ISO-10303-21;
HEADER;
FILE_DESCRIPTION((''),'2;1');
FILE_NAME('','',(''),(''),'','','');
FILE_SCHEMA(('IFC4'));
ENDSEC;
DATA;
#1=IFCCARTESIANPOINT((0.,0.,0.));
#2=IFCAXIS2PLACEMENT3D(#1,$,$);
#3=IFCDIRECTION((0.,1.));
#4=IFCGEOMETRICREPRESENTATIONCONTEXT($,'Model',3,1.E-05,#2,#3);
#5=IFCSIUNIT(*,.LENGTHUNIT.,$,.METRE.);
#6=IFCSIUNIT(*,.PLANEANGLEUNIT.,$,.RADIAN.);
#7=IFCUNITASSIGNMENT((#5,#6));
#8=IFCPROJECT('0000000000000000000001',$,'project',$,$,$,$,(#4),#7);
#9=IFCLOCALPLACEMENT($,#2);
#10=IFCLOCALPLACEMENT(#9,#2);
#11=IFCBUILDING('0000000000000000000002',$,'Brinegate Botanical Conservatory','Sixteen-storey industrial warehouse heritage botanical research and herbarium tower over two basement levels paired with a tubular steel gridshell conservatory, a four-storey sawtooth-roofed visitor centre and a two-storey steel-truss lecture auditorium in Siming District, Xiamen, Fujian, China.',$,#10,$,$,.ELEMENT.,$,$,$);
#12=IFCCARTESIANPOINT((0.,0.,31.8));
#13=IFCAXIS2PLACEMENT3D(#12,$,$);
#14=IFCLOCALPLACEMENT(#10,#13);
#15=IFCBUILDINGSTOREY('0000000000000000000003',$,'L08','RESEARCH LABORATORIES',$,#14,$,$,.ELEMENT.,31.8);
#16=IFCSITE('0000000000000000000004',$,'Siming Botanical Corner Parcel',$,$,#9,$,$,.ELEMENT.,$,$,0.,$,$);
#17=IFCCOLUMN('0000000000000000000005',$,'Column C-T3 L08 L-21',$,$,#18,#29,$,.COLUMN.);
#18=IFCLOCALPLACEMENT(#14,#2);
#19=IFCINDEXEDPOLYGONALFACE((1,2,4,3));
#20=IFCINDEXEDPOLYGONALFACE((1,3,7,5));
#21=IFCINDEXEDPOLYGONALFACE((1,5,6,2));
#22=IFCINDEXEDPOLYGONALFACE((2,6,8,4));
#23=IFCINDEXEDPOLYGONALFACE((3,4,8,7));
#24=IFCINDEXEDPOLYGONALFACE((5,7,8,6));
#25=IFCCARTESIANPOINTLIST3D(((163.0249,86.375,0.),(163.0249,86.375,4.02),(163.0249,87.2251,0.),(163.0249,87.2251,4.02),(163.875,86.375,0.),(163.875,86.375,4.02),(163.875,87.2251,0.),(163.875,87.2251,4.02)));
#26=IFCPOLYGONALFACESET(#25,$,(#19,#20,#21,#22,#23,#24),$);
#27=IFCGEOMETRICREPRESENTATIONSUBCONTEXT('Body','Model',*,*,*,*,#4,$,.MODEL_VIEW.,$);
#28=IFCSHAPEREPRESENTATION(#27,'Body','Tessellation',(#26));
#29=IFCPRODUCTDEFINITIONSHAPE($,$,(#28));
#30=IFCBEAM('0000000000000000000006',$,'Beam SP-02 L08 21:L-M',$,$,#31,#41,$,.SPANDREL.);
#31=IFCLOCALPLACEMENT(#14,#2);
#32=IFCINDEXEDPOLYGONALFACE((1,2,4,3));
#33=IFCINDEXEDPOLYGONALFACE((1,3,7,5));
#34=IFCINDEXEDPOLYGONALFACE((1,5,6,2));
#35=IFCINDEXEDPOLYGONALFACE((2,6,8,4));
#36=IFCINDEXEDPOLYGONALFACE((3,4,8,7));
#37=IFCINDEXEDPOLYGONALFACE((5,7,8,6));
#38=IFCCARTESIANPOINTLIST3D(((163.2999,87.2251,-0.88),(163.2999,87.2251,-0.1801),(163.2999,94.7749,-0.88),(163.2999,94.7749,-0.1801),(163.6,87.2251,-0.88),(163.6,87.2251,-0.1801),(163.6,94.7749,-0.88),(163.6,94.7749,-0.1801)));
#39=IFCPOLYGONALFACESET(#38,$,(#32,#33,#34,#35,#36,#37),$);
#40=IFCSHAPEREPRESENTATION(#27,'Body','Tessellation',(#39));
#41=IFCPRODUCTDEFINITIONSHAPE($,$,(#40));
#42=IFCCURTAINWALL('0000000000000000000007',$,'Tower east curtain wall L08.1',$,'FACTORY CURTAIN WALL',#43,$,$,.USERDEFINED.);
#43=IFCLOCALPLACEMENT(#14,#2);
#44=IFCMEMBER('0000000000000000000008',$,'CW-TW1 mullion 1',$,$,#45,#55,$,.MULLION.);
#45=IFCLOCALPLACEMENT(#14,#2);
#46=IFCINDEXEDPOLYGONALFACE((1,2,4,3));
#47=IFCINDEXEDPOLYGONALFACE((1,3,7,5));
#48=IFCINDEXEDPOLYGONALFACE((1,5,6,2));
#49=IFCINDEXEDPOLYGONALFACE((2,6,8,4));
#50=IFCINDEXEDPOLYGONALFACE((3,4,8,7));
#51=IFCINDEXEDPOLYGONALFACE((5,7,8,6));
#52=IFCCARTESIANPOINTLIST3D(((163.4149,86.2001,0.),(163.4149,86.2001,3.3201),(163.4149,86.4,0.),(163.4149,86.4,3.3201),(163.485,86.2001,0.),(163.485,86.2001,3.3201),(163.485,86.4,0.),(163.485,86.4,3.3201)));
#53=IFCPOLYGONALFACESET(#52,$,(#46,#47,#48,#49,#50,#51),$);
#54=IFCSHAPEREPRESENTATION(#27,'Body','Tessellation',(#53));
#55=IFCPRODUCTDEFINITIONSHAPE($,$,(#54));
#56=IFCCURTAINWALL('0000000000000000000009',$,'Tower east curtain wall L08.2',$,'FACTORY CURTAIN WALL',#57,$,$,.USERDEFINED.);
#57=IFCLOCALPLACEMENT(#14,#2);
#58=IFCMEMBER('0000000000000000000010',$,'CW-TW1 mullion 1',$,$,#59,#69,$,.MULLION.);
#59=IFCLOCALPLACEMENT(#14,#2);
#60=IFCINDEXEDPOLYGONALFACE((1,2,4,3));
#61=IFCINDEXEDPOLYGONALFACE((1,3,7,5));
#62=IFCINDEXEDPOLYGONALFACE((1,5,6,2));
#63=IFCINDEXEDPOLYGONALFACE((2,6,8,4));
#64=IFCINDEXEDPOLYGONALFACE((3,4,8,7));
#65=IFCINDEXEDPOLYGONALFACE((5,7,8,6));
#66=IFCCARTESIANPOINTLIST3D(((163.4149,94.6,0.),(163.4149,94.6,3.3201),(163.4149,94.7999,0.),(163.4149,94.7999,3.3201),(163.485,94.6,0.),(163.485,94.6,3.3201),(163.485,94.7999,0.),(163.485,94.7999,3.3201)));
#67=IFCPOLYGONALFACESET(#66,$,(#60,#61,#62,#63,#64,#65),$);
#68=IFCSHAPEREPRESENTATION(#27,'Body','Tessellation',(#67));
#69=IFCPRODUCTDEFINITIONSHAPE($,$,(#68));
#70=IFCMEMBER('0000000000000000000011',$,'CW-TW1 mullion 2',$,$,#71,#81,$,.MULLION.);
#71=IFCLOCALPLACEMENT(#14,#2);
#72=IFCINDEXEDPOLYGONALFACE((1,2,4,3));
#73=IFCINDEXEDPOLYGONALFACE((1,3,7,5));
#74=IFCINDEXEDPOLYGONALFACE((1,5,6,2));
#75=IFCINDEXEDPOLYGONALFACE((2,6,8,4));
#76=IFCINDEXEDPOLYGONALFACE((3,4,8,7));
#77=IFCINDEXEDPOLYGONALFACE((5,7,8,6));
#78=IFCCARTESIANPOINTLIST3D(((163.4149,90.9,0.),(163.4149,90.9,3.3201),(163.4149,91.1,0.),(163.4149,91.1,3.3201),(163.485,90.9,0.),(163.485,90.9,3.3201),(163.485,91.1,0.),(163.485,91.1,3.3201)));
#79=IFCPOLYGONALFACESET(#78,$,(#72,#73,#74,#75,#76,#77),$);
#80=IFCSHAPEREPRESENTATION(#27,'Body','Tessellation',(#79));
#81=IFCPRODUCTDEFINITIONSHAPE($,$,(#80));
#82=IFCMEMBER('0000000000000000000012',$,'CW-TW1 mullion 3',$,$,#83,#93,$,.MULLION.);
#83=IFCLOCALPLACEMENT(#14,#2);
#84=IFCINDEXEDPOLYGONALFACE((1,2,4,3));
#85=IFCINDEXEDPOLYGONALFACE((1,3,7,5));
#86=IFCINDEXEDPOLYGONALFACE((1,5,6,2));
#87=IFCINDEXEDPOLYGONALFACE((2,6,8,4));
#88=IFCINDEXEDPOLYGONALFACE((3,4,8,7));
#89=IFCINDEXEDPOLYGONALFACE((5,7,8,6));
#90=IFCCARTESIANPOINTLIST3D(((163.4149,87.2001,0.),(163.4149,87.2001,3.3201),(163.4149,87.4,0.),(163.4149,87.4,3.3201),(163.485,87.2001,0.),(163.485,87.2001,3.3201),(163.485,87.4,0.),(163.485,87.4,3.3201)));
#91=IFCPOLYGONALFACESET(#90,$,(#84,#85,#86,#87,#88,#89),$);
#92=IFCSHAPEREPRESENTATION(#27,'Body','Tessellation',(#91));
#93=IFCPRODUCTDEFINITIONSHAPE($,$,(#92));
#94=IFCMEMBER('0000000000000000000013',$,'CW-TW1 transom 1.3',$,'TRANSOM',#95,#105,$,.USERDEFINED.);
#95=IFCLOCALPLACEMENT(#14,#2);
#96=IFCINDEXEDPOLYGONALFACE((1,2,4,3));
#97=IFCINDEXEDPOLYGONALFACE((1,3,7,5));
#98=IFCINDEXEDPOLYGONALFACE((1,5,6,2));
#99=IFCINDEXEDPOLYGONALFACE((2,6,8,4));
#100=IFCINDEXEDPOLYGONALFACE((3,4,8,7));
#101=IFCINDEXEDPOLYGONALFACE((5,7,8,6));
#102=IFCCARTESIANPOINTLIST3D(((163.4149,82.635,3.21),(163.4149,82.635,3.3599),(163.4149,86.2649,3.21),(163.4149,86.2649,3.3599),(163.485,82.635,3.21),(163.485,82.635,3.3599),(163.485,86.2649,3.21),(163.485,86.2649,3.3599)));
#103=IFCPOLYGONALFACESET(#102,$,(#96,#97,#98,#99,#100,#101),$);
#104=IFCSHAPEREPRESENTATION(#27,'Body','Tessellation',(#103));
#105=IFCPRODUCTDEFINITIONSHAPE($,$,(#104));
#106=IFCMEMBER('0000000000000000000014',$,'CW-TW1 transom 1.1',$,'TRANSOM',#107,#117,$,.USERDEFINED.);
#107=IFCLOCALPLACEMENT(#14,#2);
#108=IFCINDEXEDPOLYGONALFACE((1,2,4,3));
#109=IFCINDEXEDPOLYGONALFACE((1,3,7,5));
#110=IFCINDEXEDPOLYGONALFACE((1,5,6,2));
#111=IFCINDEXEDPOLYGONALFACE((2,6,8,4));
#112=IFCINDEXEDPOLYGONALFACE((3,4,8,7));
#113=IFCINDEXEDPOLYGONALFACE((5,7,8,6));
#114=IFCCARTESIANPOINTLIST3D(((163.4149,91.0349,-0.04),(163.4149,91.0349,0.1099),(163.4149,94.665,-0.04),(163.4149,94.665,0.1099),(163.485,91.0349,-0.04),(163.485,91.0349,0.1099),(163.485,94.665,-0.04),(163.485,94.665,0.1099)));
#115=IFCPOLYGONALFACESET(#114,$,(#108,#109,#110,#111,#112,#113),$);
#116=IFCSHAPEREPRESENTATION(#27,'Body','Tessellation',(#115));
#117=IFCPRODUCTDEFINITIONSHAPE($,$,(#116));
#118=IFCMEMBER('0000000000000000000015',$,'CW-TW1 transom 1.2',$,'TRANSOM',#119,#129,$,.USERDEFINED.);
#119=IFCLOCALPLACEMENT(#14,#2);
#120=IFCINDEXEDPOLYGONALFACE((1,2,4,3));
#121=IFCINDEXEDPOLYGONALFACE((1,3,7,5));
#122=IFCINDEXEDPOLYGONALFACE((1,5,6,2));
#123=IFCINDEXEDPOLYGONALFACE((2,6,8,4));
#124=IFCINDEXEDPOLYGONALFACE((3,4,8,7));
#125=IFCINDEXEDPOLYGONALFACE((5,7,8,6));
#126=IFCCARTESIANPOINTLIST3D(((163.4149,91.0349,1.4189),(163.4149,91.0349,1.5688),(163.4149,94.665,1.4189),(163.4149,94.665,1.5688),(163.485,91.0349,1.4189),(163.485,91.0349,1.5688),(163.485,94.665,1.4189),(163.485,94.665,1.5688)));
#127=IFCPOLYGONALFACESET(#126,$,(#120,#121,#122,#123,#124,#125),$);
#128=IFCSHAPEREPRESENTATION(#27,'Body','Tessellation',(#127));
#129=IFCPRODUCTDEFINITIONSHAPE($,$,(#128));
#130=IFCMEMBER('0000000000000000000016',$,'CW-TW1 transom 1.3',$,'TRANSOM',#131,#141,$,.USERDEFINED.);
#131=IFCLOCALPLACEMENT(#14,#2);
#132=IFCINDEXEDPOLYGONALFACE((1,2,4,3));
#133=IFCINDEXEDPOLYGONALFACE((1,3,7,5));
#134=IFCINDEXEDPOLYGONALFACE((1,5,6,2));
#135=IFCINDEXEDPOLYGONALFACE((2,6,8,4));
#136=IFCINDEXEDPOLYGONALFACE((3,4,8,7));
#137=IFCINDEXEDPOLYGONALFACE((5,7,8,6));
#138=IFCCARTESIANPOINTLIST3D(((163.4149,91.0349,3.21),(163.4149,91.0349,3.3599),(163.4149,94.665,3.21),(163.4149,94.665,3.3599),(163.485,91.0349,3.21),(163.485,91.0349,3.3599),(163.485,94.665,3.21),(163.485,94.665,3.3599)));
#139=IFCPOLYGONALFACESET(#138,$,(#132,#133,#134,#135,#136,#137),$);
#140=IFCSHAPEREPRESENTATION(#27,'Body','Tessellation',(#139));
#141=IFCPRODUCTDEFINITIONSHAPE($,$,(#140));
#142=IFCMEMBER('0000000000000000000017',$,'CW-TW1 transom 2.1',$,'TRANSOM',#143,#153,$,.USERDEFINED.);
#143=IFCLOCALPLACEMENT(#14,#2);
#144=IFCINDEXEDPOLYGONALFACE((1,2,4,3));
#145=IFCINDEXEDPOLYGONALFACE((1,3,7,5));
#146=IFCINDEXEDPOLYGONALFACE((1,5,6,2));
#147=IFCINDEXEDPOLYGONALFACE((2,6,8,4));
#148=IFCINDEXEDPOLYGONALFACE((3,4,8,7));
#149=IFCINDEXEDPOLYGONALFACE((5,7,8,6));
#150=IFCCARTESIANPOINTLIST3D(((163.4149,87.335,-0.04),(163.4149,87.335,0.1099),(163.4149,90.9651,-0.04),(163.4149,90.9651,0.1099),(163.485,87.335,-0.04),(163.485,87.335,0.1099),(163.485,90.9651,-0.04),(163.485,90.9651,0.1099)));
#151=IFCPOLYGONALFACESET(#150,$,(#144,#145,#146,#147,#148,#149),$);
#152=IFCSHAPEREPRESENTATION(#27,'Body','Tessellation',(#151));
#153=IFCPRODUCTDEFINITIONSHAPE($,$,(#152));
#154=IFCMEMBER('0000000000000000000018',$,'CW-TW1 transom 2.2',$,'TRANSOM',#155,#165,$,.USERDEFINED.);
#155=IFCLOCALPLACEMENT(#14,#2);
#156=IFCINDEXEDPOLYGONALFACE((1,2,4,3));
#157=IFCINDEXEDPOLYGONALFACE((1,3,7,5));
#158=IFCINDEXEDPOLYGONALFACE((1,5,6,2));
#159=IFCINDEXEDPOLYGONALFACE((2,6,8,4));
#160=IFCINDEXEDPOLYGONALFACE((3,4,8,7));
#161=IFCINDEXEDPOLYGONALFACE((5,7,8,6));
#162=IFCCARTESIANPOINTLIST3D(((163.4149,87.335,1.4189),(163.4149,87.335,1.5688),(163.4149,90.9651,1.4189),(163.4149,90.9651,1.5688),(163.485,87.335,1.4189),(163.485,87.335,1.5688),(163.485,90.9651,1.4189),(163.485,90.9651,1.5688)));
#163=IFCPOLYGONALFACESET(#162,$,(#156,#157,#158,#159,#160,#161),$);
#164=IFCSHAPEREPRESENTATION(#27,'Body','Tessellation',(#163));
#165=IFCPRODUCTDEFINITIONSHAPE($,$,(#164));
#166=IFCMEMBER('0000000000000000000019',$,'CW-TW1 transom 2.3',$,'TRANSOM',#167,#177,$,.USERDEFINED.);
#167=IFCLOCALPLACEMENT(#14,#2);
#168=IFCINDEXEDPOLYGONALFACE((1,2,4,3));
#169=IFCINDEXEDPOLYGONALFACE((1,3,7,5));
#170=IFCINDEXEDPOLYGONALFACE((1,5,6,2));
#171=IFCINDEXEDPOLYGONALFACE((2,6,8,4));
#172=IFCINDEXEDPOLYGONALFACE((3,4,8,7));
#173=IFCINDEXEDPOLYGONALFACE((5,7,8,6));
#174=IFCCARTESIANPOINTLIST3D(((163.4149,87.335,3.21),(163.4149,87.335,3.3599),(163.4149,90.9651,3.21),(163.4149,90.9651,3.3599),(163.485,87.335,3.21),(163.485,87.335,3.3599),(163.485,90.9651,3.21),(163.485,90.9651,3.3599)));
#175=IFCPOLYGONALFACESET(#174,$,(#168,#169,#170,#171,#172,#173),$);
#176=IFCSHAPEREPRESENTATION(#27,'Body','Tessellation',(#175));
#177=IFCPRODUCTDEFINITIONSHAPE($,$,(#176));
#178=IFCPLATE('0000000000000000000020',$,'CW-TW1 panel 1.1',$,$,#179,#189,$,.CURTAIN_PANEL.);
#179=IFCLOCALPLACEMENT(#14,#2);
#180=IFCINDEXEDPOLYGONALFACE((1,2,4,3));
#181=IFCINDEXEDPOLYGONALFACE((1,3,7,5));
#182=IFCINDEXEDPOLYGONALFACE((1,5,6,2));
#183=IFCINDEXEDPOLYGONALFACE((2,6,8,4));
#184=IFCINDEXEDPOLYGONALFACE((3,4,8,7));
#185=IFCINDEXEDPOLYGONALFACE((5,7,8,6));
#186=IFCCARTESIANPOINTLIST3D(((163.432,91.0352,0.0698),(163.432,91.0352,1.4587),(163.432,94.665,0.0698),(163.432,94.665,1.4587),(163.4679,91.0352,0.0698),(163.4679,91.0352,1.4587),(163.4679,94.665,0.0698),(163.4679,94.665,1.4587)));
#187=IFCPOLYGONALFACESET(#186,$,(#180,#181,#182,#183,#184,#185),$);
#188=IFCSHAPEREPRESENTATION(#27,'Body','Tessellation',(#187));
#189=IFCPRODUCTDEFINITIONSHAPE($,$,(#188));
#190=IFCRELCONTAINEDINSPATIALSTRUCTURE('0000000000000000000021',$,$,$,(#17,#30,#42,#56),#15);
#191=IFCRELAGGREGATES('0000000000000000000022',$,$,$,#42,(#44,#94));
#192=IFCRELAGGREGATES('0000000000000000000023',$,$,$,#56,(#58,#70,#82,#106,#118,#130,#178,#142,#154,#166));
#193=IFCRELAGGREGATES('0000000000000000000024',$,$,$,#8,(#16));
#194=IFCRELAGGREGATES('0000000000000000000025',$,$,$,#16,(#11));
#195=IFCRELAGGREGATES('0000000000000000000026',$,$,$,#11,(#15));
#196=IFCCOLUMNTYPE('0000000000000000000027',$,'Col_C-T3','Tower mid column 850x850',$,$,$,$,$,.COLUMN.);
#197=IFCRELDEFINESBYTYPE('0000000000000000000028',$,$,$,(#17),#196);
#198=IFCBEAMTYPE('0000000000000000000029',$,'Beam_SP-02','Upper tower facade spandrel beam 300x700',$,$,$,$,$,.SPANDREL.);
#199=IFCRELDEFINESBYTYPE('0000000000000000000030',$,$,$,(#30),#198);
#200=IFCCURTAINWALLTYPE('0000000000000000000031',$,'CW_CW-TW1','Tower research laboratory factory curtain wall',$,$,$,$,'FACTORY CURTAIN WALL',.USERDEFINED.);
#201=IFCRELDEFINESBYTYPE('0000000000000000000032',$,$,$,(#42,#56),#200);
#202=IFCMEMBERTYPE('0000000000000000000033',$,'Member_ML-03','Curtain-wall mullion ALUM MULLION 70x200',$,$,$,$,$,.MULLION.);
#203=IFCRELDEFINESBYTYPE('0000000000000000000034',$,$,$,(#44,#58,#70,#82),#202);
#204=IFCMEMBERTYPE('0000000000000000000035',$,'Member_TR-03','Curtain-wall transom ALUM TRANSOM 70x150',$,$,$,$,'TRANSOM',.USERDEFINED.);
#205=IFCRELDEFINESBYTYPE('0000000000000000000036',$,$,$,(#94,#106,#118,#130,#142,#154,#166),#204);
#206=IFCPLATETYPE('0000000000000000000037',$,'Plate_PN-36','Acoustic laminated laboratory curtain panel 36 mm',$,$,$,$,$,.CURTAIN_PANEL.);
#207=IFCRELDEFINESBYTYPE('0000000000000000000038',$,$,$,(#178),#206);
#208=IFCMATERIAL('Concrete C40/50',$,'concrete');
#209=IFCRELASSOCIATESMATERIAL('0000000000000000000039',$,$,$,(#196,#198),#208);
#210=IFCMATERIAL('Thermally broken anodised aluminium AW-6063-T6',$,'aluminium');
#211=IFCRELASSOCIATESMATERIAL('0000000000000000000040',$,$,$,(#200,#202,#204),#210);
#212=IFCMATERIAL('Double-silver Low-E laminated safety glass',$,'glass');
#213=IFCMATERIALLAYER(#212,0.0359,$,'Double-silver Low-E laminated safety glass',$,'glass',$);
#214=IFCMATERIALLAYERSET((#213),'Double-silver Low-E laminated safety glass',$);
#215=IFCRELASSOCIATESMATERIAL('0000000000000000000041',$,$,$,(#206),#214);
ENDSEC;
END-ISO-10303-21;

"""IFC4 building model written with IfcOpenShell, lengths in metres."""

from ifc_helpers import new_model, si_unit, direction, frame, origin, origin_2d, place, context, subcontext, project, spatial, rectangle, extrude, material, layer, layer_set, material_profile, profile_set, type_object, element, aggregate, save


model = new_model("IFC4")

# Units and contexts
model_context = context("Model", 3, precision=1e-05, world=origin(), true_north=direction((0.0, 1.0)))
body_context = subcontext(model_context, "Body", "Model", "MODEL_VIEW")
ifc_project = project(units=[si_unit("LENGTHUNIT", "METRE"), si_unit("PLANEANGLEUNIT", "RADIAN")], contexts=[model_context])

# Site, building, storey
site_placement = place(None, origin())
site = spatial("IfcSite", under=ifc_project, at=site_placement, Name="Siming Botanical Corner Parcel", CompositionType="ELEMENT", RefElevation=0.0)
building_placement = place(site_placement, origin())
building = spatial("IfcBuilding", under=site, at=building_placement, Name="Brinegate Botanical Conservatory", Description="Sixteen-storey industrial warehouse heritage botanical research and herbarium tower over two basement levels paired with a tubular steel gridshell conservatory, a four-storey sawtooth-roofed visitor centre and a two-storey steel-truss lecture auditorium in Siming District, Xiamen, Fujian, China.", CompositionType="ELEMENT")
storey_placement = place(building_placement, frame((0.0, 0.0, 31.8)))
storey = spatial("IfcBuildingStorey", under=building, at=storey_placement, Name="L08", Description="RESEARCH LABORATORIES", CompositionType="ELEMENT", Elevation=31.8)

# Column
ifc_material_1 = material(Name="Concrete C40/50", Category="concrete")
ifc_material_profile_1 = material_profile(ifc_material_1, rectangle(XDim=0.8501, YDim=0.8501, at=origin_2d()), Name="RC COL 850x850")
ifc_profile_set_1 = profile_set([ifc_material_profile_1], Name="Concrete C40/50")
column_type = type_object("IfcColumnType", Name="Col_C-T3", Description="Tower mid column 850x850", PredefinedType="COLUMN", material=ifc_profile_set_1)
column_placement = place(storey_placement, frame((163.45, 86.8, 0.0), z_axis=(0.0, 0.0, 1.0), x_axis=(1.0, 0.0, 0.0)))
element("IfcColumn", 1, at=column_placement, inside=storey, type_object=column_type, Name="Column C-T3 L08 L-21", PredefinedType="COLUMN", context=body_context, shape_type="SweptSolid", body=[
    extrude(rectangle(XDim=0.8501, YDim=0.8501, at=origin_2d()), origin(), (0.0, 0.0, 1.0), 4.02),
])

# Beam
ifc_material_profile_2 = material_profile(ifc_material_1, rectangle(XDim=0.3, YDim=0.7, at=origin_2d()), Name="RC SPN 300x700")
ifc_profile_set_2 = profile_set([ifc_material_profile_2], Name="Concrete C40/50")
beam_type = type_object("IfcBeamType", Name="Beam_SP-02", Description="Upper tower facade spandrel beam 300x700", PredefinedType="SPANDREL", material=ifc_profile_set_2)
beam_placement = place(storey_placement, frame((163.45, 87.2251, -0.53), z_axis=(0.0, 1.0, 0.0), x_axis=(-1.0, 0.0, 0.0)))
element("IfcBeam", 2, at=beam_placement, inside=storey, type_object=beam_type, Name="Beam SP-02 L08 21:L-M", PredefinedType="SPANDREL", context=body_context, shape_type="SweptSolid", body=[
    extrude(rectangle(XDim=0.3, YDim=0.7, at=origin_2d()), origin(), (0.0, 0.0, 1.0), 7.5498),
])

# Curtain wall, member
ifc_material_2 = material(Name="Thermally broken anodised aluminium AW-6063-T6", Category="aluminium")
curtain_wall_type = type_object("IfcCurtainWallType", Name="CW_CW-TW1", Description="Tower research laboratory factory curtain wall", ElementType="FACTORY CURTAIN WALL", PredefinedType="USERDEFINED", material=ifc_material_2)
curtain_wall_1_placement = place(storey_placement, origin())
curtain_wall_1 = element("IfcCurtainWall", 3, at=curtain_wall_1_placement, inside=storey, type_object=curtain_wall_type, Name="Tower east curtain wall L08.1", ObjectType="FACTORY CURTAIN WALL", PredefinedType="USERDEFINED")
ifc_material_profile_3 = material_profile(ifc_material_2, rectangle(XDim=0.0701, YDim=0.2, at=origin_2d()), Name="ALUM MULLION 70x200")
ifc_profile_set_3 = profile_set([ifc_material_profile_3], Name="Thermally broken anodised aluminium AW-6063-T6")
member_type_1 = type_object("IfcMemberType", Name="Member_ML-03", Description="Curtain-wall mullion ALUM MULLION 70x200", PredefinedType="MULLION", material=ifc_profile_set_3)
member_1_placement = place(storey_placement, frame((163.45, 86.3, 0.0), z_axis=(0.0, 0.0, 1.0), x_axis=(1.0, 0.0, 0.0)))
member_1 = element("IfcMember", 4, at=member_1_placement, type_object=member_type_1, Name="CW-TW1 mullion 1", PredefinedType="MULLION", context=body_context, shape_type="SweptSolid", body=[
    extrude(rectangle(XDim=0.0701, YDim=0.2, at=origin_2d()), origin(), (0.0, 0.0, 1.0), 3.3201),
])

# Curtain wall, members
curtain_wall_2_placement = place(storey_placement, origin())
curtain_wall_2 = element("IfcCurtainWall", 5, at=curtain_wall_2_placement, inside=storey, type_object=curtain_wall_type, Name="Tower east curtain wall L08.2", ObjectType="FACTORY CURTAIN WALL", PredefinedType="USERDEFINED")
member_2_placement = place(storey_placement, frame((163.45, 94.7, 0.0), z_axis=(0.0, 0.0, 1.0), x_axis=(1.0, 0.0, 0.0)))
member_2 = element("IfcMember", 6, at=member_2_placement, type_object=member_type_1, Name="CW-TW1 mullion 1", PredefinedType="MULLION", context=body_context, shape_type="SweptSolid", body=[
    extrude(rectangle(XDim=0.0701, YDim=0.2, at=origin_2d()), origin(), (0.0, 0.0, 1.0), 3.3201),
])
member_3_placement = place(storey_placement, frame((163.45, 91.0, 0.0), z_axis=(0.0, 0.0, 1.0), x_axis=(1.0, 0.0, 0.0)))
member_3 = element("IfcMember", 7, at=member_3_placement, type_object=member_type_1, Name="CW-TW1 mullion 2", PredefinedType="MULLION", context=body_context, shape_type="SweptSolid", body=[
    extrude(rectangle(XDim=0.0701, YDim=0.2, at=origin_2d()), origin(), (0.0, 0.0, 1.0), 3.3201),
])
member_4_placement = place(storey_placement, frame((163.45, 87.3, 0.0), z_axis=(0.0, 0.0, 1.0), x_axis=(1.0, 0.0, 0.0)))
member_4 = element("IfcMember", 8, at=member_4_placement, type_object=member_type_1, Name="CW-TW1 mullion 3", PredefinedType="MULLION", context=body_context, shape_type="SweptSolid", body=[
    extrude(rectangle(XDim=0.0701, YDim=0.2, at=origin_2d()), origin(), (0.0, 0.0, 1.0), 3.3201),
])

# Members
ifc_material_profile_4 = material_profile(ifc_material_2, rectangle(XDim=0.0701, YDim=0.1499, at=origin_2d()), Name="ALUM TRANSOM 70x150")
ifc_profile_set_4 = profile_set([ifc_material_profile_4], Name="Thermally broken anodised aluminium AW-6063-T6")
member_type_2 = type_object("IfcMemberType", Name="Member_TR-03", Description="Curtain-wall transom ALUM TRANSOM 70x150", ElementType="TRANSOM", PredefinedType="USERDEFINED", material=ifc_profile_set_4)
member_5_placement = place(storey_placement, frame((163.45, 86.2649, 3.2849), z_axis=(0.0, -1.0, 0.0), x_axis=(1.0, 0.0, 0.0)))
member_5 = element("IfcMember", 9, at=member_5_placement, type_object=member_type_2, Name="CW-TW1 transom 1.3", ObjectType="TRANSOM", PredefinedType="USERDEFINED", context=body_context, shape_type="SweptSolid", body=[
    extrude(rectangle(XDim=0.0701, YDim=0.1499, at=origin_2d()), origin(), (0.0, 0.0, 1.0), 3.6299),
])
aggregate(curtain_wall_1, [member_1, member_5])
member_6_placement = place(storey_placement, frame((163.45, 94.665, 0.0349), z_axis=(0.0, -1.0, 0.0), x_axis=(1.0, 0.0, 0.0)))
member_6 = element("IfcMember", 10, at=member_6_placement, type_object=member_type_2, Name="CW-TW1 transom 1.1", ObjectType="TRANSOM", PredefinedType="USERDEFINED", context=body_context, shape_type="SweptSolid", body=[
    extrude(rectangle(XDim=0.0701, YDim=0.1499, at=origin_2d()), origin(), (0.0, 0.0, 1.0), 3.6301),
])
member_7_placement = place(storey_placement, frame((163.45, 94.665, 1.4939), z_axis=(0.0, -1.0, 0.0), x_axis=(1.0, 0.0, 0.0)))
member_7 = element("IfcMember", 11, at=member_7_placement, type_object=member_type_2, Name="CW-TW1 transom 1.2", ObjectType="TRANSOM", PredefinedType="USERDEFINED", context=body_context, shape_type="SweptSolid", body=[
    extrude(rectangle(XDim=0.0701, YDim=0.1499, at=origin_2d()), origin(), (0.0, 0.0, 1.0), 3.6301),
])
member_8_placement = place(storey_placement, frame((163.45, 94.665, 3.2849), z_axis=(0.0, -1.0, 0.0), x_axis=(1.0, 0.0, 0.0)))
member_8 = element("IfcMember", 12, at=member_8_placement, type_object=member_type_2, Name="CW-TW1 transom 1.3", ObjectType="TRANSOM", PredefinedType="USERDEFINED", context=body_context, shape_type="SweptSolid", body=[
    extrude(rectangle(XDim=0.0701, YDim=0.1499, at=origin_2d()), origin(), (0.0, 0.0, 1.0), 3.6301),
])
member_9_placement = place(storey_placement, frame((163.45, 90.9651, 0.0349), z_axis=(0.0, -1.0, 0.0), x_axis=(1.0, 0.0, 0.0)))
member_9 = element("IfcMember", 13, at=member_9_placement, type_object=member_type_2, Name="CW-TW1 transom 2.1", ObjectType="TRANSOM", PredefinedType="USERDEFINED", context=body_context, shape_type="SweptSolid", body=[
    extrude(rectangle(XDim=0.0701, YDim=0.1499, at=origin_2d()), origin(), (0.0, 0.0, 1.0), 3.6301),
])
member_10_placement = place(storey_placement, frame((163.45, 90.9651, 1.4939), z_axis=(0.0, -1.0, 0.0), x_axis=(1.0, 0.0, 0.0)))
member_10 = element("IfcMember", 14, at=member_10_placement, type_object=member_type_2, Name="CW-TW1 transom 2.2", ObjectType="TRANSOM", PredefinedType="USERDEFINED", context=body_context, shape_type="SweptSolid", body=[
    extrude(rectangle(XDim=0.0701, YDim=0.1499, at=origin_2d()), origin(), (0.0, 0.0, 1.0), 3.6301),
])
member_11_placement = place(storey_placement, frame((163.45, 90.9651, 3.2849), z_axis=(0.0, -1.0, 0.0), x_axis=(1.0, 0.0, 0.0)))
member_11 = element("IfcMember", 15, at=member_11_placement, type_object=member_type_2, Name="CW-TW1 transom 2.3", ObjectType="TRANSOM", PredefinedType="USERDEFINED", context=body_context, shape_type="SweptSolid", body=[
    extrude(rectangle(XDim=0.0701, YDim=0.1499, at=origin_2d()), origin(), (0.0, 0.0, 1.0), 3.6301),
])

# Plate
ifc_material_3 = material(Name="Double-silver Low-E laminated safety glass", Category="glass")
ifc_layer = layer(ifc_material_3, 0.0359, Name="Double-silver Low-E laminated safety glass", Category="glass")
ifc_layer_set = layer_set([ifc_layer], Name="Double-silver Low-E laminated safety glass")
plate_type = type_object("IfcPlateType", Name="Plate_PN-36", Description="Acoustic laminated laboratory curtain panel 36 mm", PredefinedType="CURTAIN_PANEL", material=ifc_layer_set)
plate_1_placement = place(storey_placement, frame((163.45, 92.8501, 0.0698), z_axis=(0.0, 0.0, 1.0), x_axis=(0.0, -1.0, 0.0)))
plate_1 = element("IfcPlate", 16, at=plate_1_placement, type_object=plate_type, Name="CW-TW1 panel 1.1", PredefinedType="CURTAIN_PANEL", context=body_context, shape_type="SweptSolid", body=[
    extrude(rectangle(XDim=3.6299, YDim=0.0359, at=origin_2d()), origin(), (0.0, 0.0, 1.0), 1.3889),
])
aggregate(curtain_wall_2, [member_2, member_3, member_4, member_6, member_7, member_8, plate_1, member_9, member_10, member_11])

save(model, "model.ifc")
